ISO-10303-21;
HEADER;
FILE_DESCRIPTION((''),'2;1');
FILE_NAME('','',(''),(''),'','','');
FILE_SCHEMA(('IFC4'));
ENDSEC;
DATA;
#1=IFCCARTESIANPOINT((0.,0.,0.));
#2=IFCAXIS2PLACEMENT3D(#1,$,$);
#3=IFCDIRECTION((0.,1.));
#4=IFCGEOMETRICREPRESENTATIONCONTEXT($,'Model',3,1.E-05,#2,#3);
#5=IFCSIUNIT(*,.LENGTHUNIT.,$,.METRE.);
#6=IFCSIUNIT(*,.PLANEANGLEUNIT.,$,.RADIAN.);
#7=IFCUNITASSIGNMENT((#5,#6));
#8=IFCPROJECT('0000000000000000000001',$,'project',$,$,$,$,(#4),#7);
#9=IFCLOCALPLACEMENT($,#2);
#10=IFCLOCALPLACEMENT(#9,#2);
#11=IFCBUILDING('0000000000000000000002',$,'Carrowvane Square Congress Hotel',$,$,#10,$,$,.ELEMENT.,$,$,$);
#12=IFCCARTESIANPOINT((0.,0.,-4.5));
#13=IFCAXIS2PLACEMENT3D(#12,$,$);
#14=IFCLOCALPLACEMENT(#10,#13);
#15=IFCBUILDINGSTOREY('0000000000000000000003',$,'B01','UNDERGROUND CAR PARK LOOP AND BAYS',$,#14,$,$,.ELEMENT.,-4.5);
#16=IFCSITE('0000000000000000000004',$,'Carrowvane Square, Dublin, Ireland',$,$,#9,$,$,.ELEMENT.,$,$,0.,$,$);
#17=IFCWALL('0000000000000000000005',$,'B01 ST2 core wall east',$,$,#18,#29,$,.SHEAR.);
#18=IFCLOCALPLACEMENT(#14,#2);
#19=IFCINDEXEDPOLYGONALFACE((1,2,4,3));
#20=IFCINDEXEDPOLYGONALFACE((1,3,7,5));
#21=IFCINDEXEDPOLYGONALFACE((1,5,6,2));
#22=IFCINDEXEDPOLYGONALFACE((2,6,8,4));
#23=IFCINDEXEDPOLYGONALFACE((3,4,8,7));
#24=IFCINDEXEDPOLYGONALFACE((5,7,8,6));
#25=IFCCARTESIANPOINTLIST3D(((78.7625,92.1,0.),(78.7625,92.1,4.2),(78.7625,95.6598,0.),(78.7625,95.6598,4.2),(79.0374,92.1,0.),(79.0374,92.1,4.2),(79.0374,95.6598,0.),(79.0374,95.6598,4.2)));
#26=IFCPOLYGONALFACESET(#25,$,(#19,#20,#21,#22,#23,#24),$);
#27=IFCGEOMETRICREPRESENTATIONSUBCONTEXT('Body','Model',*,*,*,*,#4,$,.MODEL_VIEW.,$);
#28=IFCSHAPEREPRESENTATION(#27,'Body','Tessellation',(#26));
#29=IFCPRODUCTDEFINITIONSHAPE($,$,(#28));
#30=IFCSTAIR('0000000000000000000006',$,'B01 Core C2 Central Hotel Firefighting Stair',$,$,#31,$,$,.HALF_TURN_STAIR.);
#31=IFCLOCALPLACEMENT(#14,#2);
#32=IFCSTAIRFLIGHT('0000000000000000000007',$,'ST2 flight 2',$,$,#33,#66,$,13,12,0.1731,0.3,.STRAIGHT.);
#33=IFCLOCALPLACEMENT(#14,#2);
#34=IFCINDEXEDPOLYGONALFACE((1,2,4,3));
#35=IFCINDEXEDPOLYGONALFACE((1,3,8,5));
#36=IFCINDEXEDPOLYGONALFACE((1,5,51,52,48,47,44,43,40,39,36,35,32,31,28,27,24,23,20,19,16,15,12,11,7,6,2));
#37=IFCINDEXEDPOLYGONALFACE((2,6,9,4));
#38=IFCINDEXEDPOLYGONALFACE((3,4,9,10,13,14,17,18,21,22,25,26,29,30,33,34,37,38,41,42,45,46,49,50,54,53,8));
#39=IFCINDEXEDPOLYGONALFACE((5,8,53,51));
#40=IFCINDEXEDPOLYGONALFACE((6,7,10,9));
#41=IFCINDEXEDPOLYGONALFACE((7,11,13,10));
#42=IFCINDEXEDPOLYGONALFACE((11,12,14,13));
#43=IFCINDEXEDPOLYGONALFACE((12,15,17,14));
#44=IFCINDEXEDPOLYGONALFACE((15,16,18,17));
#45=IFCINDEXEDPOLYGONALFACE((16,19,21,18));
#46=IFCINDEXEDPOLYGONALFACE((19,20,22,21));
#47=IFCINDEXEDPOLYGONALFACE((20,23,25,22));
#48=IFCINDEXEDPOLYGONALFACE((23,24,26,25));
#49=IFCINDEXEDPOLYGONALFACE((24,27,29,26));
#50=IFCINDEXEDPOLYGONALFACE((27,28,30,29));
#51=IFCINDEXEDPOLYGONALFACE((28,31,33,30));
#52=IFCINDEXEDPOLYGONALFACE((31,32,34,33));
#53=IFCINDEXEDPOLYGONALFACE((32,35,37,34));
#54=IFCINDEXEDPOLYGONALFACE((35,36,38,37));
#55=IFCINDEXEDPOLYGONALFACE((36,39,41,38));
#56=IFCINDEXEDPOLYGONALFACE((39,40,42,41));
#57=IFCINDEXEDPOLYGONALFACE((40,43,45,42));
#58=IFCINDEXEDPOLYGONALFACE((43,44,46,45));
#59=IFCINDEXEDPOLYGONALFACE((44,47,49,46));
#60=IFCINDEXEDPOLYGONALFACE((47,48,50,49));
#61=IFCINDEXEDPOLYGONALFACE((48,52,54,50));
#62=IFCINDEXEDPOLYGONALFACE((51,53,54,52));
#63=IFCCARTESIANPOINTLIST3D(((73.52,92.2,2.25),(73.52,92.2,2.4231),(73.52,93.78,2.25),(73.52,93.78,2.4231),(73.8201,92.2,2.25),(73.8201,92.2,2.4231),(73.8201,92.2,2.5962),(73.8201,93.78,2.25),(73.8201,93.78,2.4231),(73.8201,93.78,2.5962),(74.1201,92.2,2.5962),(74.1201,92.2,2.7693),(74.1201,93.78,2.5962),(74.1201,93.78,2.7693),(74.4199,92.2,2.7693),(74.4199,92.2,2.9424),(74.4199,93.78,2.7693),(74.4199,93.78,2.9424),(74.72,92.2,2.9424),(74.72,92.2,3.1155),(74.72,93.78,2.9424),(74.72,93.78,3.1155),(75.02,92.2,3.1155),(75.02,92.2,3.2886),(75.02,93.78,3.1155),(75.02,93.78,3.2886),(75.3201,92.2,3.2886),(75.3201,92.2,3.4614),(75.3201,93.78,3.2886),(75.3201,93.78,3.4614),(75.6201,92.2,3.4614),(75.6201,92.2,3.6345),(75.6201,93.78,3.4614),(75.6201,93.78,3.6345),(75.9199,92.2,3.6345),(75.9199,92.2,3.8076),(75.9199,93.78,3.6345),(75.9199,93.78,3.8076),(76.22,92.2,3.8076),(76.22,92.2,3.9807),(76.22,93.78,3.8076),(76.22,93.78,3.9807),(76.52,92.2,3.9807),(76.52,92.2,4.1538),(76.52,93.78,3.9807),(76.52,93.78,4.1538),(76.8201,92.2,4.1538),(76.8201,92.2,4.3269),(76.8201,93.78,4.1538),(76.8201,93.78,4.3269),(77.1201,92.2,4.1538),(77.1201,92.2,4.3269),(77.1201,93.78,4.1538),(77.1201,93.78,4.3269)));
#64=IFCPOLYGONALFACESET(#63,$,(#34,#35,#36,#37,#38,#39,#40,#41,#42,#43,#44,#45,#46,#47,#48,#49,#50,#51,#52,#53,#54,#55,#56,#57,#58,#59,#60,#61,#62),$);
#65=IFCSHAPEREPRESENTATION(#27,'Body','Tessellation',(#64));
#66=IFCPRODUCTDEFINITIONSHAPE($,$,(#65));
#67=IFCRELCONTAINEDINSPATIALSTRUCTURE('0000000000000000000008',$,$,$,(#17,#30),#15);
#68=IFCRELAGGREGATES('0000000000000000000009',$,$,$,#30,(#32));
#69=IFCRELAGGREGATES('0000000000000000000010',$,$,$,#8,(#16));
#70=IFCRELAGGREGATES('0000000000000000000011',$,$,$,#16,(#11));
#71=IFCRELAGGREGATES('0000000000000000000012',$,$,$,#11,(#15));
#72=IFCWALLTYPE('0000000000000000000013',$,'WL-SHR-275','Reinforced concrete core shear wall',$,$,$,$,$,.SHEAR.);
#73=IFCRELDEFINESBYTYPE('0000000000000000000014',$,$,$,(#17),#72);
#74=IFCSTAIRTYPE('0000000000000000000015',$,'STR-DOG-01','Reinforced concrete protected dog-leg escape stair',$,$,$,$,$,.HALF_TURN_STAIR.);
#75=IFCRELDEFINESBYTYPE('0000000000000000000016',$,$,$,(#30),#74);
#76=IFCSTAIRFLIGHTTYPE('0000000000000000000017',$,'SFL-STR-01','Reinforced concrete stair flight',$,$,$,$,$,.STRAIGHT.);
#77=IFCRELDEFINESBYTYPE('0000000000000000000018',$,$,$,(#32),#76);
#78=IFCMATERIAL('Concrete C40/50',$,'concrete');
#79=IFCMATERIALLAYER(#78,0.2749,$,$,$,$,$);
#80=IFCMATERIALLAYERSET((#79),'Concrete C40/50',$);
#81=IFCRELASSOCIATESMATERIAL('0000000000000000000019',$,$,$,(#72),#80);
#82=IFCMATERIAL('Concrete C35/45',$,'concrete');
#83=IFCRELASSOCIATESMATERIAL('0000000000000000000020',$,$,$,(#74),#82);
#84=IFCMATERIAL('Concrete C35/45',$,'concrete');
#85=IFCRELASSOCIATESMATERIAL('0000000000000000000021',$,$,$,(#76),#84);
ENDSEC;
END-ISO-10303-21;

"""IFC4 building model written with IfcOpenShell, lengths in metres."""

from ifc_helpers import new_model, si_unit, direction, frame, frame_2d, origin, place, context, subcontext, project, spatial, polyline, rectangle, outline, extrude, material, layer, layer_set, type_object, element, aggregate, save


model = new_model("IFC4")

# Units and contexts
model_context = context("Model", 3, precision=1e-05, world=origin(), true_north=direction((0.0, 1.0)))
body_context = subcontext(model_context, "Body", "Model", "MODEL_VIEW")
ifc_project = project(units=[si_unit("LENGTHUNIT", "METRE"), si_unit("PLANEANGLEUNIT", "RADIAN")], contexts=[model_context])

# Site, building, storey
site_placement = place(None, origin())
site = spatial("IfcSite", under=ifc_project, at=site_placement, Name="Carrowvane Square, Dublin, Ireland", CompositionType="ELEMENT", RefElevation=0.0)
building_placement = place(site_placement, origin())
building = spatial("IfcBuilding", under=site, at=building_placement, Name="Carrowvane Square Congress Hotel", CompositionType="ELEMENT")
storey_placement = place(building_placement, frame((0.0, 0.0, -4.5)))
storey = spatial("IfcBuildingStorey", under=building, at=storey_placement, Name="B01", Description="UNDERGROUND CAR PARK LOOP AND BAYS", CompositionType="ELEMENT", Elevation=-4.5)

# Wall
ifc_material_1 = material(Name="Concrete C40/50", Category="concrete")
ifc_layer_1 = layer(ifc_material_1, 0.2749)
ifc_layer_set_1 = layer_set([ifc_layer_1], Name="Concrete C40/50")
wall_type_1 = type_object("IfcWallType", Name="WL-SHR-275", Description="Reinforced concrete core shear wall", PredefinedType="SHEAR", material=ifc_layer_set_1)
wall_1_placement = place(storey_placement, frame((78.8999, 92.1001, 0.0), z_axis=(0.0, 0.0, 1.0), x_axis=(0.0, 1.0, 0.0)))
element("IfcWall", 1, at=wall_1_placement, inside=storey, type_object=wall_type_1, Name="B01 ST2 core wall east", PredefinedType="SHEAR", context=body_context, shape_type="SweptSolid", body=[
    extrude(rectangle(XDim=3.5598, YDim=0.2749, at=frame_2d((1.7798, 0.0))), origin(), (0.0, 0.0, 1.0), 4.2),
])

# Stair, stair flight
ifc_material_2 = material(Name="Concrete C35/45", Category="concrete")
stair_type = type_object("IfcStairType", Name="STR-DOG-01", Description="Reinforced concrete protected dog-leg escape stair", PredefinedType="HALF_TURN_STAIR", material=ifc_material_2)
stair_placement = place(storey_placement, origin())
stair = element("IfcStair", 2, at=stair_placement, inside=storey, type_object=stair_type, Name="B01 Core C2 Central Hotel Firefighting Stair", PredefinedType="HALF_TURN_STAIR")
ifc_material_3 = material(Name="Concrete C35/45", Category="concrete")
stair_flight_type = type_object("IfcStairFlightType", Name="SFL-STR-01", Description="Reinforced concrete stair flight", PredefinedType="STRAIGHT", material=ifc_material_3)
stair_flight_placement = place(storey_placement, frame((73.52, 92.99, 2.25), z_axis=(0.0, 0.0, 1.0), x_axis=(1.0, 0.0, 0.0)))
stair_flight = element("IfcStairFlight", 3, at=stair_flight_placement, type_object=stair_flight_type, Name="ST2 flight 2", NumberOfRisers=13, NumberOfTreads=12, PredefinedType="STRAIGHT", RiserHeight=0.1731, TreadLength=0.3, context=body_context, shape_type="SweptSolid", body=[
    extrude(outline(polyline([(0.0, 0.0), (0.0, 0.1731), (0.3, 0.1731), (0.3, 0.3462), (0.6001, 0.3462), (0.6001, 0.5193), (0.8999, 0.5193), (0.8999, 0.6924), (1.2, 0.6924), (1.2, 0.8655), (1.5, 0.8655), (1.5, 1.0386), (1.8, 1.0386), (1.8, 1.2114), (2.1001, 1.2114), (2.1001, 1.3845), (2.3999, 1.3845), (2.3999, 1.5576), (2.7, 1.5576), (2.7, 1.7307), (3.0, 1.7307), (3.0, 1.9038), (3.3, 1.9038), (3.3, 2.0769), (3.6001, 2.0769), (3.6001, 2.25), (3.6001, 1.9038), (0.3, 0.0), (0.0, 0.0)])), frame((0.0, 0.79, 0.0), z_axis=(0.0, -1.0, 0.0), x_axis=(1.0, 0.0, 0.0)), (0.0, 0.0, 1.0), 1.5801),
])
aggregate(stair, [stair_flight])

save(model, "model.ifc")
